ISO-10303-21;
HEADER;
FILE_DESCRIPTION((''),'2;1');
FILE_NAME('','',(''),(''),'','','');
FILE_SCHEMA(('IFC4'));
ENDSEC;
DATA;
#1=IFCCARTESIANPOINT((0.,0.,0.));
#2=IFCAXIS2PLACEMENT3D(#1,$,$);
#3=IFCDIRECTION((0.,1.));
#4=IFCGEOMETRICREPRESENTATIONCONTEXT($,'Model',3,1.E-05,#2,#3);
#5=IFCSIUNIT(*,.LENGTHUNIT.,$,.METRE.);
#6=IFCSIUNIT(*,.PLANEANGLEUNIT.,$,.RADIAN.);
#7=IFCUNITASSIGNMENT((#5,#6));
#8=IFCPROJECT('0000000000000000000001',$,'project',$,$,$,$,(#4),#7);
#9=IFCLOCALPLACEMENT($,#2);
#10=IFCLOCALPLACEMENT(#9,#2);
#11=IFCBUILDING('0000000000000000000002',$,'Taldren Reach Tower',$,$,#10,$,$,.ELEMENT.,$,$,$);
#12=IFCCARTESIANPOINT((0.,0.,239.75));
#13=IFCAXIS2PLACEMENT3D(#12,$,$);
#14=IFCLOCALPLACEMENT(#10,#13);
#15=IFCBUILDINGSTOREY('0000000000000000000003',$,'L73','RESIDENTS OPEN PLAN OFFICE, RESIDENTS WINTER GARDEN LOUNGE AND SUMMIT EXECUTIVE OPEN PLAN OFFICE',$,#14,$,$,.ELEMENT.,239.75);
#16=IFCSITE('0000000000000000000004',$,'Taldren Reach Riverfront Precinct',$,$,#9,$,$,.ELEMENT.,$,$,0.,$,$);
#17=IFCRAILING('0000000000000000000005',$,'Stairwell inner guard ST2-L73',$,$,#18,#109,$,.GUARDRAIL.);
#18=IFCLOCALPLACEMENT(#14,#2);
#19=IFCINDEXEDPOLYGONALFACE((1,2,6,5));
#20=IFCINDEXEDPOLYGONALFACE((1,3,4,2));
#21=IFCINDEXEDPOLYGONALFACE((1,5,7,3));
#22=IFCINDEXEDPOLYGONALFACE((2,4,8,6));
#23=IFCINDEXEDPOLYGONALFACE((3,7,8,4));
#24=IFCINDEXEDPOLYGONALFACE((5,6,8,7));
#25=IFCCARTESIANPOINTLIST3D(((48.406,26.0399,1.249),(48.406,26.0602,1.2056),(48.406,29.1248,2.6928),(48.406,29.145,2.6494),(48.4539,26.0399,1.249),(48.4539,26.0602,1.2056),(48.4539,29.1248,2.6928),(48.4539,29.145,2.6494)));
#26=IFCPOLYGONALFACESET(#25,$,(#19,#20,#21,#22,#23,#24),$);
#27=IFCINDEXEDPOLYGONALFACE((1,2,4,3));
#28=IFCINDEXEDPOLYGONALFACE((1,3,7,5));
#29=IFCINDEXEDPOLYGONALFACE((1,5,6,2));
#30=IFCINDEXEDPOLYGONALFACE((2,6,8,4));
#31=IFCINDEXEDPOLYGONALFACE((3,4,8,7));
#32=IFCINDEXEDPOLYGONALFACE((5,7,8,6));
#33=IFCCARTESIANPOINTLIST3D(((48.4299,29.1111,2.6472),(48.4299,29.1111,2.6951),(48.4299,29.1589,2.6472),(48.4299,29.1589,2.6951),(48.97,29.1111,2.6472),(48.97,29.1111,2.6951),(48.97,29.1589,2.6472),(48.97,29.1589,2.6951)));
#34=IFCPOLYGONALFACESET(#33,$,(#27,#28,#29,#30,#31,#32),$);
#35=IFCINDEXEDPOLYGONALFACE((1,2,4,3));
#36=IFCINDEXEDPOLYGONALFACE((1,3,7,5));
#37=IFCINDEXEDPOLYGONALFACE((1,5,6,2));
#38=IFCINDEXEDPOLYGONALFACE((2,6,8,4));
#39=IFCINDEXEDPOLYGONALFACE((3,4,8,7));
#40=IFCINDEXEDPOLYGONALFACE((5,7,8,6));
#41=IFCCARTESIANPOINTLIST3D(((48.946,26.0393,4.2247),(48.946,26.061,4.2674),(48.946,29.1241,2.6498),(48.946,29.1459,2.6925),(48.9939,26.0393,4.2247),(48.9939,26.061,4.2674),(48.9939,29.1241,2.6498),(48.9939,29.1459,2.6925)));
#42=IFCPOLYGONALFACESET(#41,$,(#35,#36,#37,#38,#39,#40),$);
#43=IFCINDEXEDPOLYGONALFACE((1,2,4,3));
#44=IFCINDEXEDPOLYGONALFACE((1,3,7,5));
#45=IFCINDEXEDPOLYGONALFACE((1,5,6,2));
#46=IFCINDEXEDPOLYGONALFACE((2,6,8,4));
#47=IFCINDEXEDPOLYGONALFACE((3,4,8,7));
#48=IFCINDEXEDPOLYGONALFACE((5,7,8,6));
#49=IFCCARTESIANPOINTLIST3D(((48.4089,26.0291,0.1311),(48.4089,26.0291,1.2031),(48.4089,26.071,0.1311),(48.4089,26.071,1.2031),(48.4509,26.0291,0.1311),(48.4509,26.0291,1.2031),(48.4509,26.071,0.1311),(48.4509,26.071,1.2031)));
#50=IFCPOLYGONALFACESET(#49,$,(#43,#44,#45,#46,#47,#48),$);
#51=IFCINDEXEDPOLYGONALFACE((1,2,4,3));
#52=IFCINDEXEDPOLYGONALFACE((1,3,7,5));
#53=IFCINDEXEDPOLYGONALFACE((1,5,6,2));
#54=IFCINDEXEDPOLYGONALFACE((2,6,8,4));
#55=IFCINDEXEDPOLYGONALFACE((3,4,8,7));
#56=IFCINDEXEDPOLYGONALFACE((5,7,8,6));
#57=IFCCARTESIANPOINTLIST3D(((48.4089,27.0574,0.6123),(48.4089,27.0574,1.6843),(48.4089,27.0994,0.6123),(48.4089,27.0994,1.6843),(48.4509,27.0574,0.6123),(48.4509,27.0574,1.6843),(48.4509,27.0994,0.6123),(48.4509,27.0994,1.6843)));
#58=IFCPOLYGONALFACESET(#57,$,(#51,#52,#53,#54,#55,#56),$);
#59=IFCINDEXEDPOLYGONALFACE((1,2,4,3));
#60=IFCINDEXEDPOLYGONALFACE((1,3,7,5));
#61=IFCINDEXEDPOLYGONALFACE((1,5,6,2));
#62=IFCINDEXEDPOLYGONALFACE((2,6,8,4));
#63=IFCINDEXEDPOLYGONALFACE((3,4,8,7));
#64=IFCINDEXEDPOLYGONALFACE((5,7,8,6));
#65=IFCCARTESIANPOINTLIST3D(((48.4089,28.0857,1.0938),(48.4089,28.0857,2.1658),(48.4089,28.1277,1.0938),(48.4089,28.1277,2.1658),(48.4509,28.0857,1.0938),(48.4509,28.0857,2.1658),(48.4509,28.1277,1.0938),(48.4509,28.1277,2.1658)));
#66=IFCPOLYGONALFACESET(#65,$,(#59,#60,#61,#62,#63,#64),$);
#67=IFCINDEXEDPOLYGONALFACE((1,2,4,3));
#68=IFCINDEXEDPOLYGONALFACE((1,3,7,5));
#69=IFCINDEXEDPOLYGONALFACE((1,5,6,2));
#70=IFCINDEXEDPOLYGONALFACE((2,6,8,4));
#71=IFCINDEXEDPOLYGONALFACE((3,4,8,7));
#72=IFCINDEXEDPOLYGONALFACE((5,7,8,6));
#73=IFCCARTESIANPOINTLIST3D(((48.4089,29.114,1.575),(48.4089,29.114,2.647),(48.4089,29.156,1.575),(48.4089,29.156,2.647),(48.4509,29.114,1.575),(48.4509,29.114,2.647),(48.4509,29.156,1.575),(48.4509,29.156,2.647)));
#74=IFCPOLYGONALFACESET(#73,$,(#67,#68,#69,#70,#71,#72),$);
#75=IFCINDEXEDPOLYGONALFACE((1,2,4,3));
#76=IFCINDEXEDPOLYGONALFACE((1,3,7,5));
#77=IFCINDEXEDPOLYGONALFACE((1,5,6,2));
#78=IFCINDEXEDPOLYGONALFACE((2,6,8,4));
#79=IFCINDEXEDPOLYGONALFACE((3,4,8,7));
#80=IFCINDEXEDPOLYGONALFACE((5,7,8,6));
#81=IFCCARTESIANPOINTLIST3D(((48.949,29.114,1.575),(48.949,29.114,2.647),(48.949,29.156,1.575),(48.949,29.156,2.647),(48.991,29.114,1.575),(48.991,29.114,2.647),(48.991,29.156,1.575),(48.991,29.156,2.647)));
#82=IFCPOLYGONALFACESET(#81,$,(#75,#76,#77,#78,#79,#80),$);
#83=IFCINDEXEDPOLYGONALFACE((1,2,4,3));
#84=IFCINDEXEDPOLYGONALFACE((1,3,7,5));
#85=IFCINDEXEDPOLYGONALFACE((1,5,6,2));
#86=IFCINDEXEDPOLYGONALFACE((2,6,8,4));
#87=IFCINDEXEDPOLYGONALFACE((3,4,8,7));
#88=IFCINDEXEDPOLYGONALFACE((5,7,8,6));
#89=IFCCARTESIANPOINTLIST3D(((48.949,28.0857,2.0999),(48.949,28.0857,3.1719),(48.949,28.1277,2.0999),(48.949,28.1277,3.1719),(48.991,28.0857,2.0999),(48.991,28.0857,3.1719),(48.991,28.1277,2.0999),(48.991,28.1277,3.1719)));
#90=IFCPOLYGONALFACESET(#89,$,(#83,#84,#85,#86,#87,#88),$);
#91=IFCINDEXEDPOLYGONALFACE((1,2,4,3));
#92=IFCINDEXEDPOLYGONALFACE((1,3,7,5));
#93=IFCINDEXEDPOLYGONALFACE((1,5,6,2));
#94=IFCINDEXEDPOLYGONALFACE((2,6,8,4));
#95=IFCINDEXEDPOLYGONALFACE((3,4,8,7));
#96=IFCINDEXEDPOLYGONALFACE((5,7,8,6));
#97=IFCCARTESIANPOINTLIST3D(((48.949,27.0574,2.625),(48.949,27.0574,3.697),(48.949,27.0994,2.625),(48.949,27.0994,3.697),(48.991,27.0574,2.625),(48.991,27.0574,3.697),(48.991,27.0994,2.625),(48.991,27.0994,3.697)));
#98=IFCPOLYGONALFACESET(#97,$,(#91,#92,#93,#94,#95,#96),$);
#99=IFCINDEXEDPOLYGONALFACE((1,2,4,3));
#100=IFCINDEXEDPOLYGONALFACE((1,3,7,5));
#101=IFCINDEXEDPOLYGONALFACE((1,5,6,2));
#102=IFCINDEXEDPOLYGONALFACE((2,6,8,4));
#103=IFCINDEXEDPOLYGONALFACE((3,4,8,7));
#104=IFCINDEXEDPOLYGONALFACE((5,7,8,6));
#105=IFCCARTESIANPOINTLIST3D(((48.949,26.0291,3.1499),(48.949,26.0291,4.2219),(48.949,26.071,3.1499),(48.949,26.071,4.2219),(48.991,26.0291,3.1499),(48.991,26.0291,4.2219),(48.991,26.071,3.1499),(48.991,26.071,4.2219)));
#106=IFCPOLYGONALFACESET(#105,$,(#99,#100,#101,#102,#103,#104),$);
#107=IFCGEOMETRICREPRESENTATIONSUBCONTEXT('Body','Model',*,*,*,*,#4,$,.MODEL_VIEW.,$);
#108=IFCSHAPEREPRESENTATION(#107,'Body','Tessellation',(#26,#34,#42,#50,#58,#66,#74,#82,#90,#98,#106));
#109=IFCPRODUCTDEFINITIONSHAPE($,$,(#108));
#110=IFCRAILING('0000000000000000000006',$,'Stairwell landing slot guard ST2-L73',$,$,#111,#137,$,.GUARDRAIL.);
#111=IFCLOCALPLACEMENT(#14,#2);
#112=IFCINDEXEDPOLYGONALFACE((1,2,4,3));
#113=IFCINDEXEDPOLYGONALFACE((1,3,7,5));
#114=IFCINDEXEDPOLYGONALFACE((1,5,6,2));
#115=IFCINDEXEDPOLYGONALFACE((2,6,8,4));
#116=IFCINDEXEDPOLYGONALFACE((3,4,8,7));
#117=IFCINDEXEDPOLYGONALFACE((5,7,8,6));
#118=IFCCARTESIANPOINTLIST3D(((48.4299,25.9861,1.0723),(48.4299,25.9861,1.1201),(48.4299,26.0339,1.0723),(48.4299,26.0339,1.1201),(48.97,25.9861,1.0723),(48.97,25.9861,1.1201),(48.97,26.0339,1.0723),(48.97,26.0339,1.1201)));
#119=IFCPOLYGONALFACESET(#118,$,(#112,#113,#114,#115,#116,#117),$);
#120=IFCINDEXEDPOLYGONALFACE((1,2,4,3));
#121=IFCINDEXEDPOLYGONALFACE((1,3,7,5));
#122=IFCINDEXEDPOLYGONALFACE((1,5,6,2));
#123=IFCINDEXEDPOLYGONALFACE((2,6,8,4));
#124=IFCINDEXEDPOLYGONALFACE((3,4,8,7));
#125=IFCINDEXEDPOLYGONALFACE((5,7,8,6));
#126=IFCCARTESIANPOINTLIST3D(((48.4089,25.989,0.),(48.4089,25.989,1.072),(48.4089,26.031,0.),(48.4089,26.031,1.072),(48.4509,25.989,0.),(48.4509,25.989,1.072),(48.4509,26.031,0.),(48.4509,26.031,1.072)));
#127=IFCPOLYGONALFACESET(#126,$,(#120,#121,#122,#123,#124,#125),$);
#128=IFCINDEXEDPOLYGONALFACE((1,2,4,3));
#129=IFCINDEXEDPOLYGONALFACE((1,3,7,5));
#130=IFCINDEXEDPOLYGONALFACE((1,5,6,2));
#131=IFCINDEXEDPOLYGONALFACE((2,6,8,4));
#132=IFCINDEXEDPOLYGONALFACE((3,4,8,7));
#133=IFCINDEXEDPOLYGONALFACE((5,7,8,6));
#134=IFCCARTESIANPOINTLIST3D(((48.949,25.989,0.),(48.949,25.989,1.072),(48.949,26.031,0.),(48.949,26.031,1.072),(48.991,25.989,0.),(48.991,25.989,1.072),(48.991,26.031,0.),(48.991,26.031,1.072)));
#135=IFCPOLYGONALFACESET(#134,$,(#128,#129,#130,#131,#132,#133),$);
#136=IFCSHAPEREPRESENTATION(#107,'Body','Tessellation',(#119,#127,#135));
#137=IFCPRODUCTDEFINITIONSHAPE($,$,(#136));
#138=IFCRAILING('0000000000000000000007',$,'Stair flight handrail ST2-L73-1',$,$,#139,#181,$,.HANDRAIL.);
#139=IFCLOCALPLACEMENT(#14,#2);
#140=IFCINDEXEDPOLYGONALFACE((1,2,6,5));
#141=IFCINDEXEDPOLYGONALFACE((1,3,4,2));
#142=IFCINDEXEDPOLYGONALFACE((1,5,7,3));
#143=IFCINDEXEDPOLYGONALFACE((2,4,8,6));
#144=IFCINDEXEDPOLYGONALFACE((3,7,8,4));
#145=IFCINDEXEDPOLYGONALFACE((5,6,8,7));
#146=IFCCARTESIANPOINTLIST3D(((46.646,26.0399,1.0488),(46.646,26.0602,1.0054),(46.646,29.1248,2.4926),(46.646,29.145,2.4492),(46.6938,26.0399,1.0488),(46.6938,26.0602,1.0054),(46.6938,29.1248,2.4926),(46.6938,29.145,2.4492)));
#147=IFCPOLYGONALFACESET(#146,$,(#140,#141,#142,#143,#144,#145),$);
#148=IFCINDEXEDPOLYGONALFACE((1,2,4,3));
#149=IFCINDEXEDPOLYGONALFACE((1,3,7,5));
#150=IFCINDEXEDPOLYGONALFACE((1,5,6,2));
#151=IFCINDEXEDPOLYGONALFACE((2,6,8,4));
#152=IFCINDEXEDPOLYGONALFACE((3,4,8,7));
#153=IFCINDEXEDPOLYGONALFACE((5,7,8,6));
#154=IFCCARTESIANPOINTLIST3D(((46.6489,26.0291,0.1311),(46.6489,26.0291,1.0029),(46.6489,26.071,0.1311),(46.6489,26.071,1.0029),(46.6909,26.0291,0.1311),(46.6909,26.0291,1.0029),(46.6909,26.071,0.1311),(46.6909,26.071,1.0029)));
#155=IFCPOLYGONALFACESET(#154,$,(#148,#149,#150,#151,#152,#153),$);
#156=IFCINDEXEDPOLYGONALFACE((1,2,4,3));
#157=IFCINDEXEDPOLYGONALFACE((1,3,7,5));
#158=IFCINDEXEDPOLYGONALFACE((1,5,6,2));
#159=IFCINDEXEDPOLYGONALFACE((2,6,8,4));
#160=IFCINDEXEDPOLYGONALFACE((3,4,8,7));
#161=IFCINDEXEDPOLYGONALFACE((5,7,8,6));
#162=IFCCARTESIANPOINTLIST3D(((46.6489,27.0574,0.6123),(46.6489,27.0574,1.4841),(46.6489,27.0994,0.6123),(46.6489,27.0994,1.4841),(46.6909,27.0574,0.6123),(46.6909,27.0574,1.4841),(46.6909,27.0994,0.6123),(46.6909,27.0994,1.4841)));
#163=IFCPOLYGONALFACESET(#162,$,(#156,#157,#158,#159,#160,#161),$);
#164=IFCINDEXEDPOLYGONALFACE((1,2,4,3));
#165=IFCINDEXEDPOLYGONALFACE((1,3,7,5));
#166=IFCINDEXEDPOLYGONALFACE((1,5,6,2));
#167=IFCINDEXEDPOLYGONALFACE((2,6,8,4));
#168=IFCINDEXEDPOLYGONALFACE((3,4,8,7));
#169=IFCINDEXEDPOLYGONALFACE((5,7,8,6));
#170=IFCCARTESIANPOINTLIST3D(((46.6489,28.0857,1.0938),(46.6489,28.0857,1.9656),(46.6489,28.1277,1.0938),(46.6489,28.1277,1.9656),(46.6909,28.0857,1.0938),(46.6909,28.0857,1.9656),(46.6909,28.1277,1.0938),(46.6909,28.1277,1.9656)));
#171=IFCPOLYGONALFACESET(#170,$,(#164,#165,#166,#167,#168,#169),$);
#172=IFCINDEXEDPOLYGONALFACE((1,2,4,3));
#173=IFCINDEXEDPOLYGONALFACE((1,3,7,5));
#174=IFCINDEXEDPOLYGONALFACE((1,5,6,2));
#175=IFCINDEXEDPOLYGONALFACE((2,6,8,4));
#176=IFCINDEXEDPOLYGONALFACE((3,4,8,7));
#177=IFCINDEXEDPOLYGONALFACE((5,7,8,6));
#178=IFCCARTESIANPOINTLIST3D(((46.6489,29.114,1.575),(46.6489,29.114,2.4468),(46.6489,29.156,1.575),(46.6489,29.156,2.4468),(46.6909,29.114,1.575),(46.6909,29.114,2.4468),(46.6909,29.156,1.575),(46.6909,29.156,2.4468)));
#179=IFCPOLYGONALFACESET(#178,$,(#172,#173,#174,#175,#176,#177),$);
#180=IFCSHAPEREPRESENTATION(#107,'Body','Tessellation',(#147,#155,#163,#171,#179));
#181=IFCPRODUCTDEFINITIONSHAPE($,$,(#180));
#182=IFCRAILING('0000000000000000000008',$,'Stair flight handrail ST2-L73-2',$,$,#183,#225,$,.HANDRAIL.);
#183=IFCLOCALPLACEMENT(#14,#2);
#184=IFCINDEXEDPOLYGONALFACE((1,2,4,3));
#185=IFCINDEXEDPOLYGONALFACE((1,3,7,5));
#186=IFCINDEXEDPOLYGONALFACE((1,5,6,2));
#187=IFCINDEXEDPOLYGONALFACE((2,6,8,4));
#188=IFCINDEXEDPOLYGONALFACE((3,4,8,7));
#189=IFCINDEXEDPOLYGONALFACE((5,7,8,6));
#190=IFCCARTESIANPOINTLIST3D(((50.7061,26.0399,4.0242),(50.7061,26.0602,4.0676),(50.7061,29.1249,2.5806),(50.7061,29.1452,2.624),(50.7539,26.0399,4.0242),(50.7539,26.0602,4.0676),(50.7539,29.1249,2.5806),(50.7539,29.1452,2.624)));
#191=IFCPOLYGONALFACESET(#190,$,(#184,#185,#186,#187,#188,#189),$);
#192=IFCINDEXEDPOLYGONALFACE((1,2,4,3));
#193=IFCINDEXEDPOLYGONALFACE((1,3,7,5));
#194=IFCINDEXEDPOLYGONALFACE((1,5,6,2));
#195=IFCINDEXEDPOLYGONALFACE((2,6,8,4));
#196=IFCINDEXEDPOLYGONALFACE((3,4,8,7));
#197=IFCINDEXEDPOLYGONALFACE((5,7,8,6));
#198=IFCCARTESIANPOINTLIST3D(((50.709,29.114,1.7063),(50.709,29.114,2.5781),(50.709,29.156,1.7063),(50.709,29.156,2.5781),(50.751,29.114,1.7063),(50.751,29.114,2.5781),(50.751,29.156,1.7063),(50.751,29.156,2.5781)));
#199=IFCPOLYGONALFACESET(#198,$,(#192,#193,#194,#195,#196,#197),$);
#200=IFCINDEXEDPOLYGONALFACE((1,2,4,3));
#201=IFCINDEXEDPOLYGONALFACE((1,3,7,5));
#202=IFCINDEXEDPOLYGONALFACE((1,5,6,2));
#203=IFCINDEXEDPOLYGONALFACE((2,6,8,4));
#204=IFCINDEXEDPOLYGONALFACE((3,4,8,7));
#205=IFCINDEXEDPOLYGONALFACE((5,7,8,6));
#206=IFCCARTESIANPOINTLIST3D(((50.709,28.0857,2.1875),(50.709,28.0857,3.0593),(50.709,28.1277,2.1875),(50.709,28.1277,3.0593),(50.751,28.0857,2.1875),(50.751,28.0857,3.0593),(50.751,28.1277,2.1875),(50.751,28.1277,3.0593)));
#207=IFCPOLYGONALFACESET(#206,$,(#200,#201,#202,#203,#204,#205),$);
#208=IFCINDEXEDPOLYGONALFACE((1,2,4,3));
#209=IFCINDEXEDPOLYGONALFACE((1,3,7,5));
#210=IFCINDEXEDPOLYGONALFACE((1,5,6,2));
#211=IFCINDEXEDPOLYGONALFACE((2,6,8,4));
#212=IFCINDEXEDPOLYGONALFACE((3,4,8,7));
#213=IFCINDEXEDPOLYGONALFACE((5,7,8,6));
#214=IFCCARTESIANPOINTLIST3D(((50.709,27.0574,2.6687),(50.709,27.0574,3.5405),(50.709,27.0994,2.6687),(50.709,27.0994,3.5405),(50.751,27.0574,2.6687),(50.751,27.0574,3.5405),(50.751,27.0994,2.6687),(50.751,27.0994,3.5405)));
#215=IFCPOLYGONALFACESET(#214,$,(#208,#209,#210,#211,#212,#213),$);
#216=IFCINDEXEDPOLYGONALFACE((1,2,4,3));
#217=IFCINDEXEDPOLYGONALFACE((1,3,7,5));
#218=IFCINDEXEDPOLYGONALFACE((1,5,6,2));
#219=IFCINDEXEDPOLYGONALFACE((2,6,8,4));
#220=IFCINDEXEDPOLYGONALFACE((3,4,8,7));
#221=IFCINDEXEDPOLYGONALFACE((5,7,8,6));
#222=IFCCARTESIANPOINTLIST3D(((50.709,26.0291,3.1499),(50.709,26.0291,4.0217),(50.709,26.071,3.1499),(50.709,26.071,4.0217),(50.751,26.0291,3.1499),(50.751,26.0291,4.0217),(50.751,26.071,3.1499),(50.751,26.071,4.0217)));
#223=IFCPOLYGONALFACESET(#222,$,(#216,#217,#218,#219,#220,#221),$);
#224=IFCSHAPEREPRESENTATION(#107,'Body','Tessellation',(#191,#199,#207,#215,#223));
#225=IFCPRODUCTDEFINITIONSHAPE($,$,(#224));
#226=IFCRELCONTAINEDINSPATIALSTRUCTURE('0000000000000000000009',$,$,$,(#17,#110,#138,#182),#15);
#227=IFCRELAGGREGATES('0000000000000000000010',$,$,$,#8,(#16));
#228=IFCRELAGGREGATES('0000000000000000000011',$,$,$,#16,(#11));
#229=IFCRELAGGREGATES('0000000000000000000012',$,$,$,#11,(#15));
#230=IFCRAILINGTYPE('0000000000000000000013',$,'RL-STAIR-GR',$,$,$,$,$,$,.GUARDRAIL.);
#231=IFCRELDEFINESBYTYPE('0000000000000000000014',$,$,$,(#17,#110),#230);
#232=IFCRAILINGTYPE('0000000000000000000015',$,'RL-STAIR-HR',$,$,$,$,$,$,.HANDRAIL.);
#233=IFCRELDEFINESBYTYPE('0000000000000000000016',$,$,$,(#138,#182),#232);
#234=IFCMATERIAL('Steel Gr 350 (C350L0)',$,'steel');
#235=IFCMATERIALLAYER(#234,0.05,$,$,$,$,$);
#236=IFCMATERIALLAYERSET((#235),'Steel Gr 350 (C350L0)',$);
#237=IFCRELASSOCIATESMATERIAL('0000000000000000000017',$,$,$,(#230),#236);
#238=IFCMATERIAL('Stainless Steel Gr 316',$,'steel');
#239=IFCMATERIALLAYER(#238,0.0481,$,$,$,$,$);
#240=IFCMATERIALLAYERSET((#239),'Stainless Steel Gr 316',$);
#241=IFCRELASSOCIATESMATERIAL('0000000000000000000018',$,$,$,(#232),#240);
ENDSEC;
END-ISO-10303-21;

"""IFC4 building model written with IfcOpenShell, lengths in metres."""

from ifc_helpers import new_model, si_unit, direction, frame, origin, origin_2d, place, context, subcontext, project, spatial, rectangle, extrude, material, layer, layer_set, type_object, element, save


model = new_model("IFC4")

# Units and contexts
model_context = context("Model", 3, precision=1e-05, world=origin(), true_north=direction((0.0, 1.0)))
body_context = subcontext(model_context, "Body", "Model", "MODEL_VIEW")
ifc_project = project(units=[si_unit("LENGTHUNIT", "METRE"), si_unit("PLANEANGLEUNIT", "RADIAN")], contexts=[model_context])

# Site, building, storey
site_placement = place(None, origin())
site = spatial("IfcSite", under=ifc_project, at=site_placement, Name="Taldren Reach Riverfront Precinct", CompositionType="ELEMENT", RefElevation=0.0)
building_placement = place(site_placement, origin())
building = spatial("IfcBuilding", under=site, at=building_placement, Name="Taldren Reach Tower", CompositionType="ELEMENT")
storey_placement = place(building_placement, frame((0.0, 0.0, 239.75)))
storey = spatial("IfcBuildingStorey", under=building, at=storey_placement, Name="L73", Description="RESIDENTS OPEN PLAN OFFICE, RESIDENTS WINTER GARDEN LOUNGE AND SUMMIT EXECUTIVE OPEN PLAN OFFICE", CompositionType="ELEMENT", Elevation=239.75)

# Shared definitions
ifc_material_1 = material(Name="Steel Gr 350 (C350L0)", Category="steel")

# Railings
ifc_layer_1 = layer(ifc_material_1, 0.05)
ifc_layer_set_1 = layer_set([ifc_layer_1], Name="Steel Gr 350 (C350L0)")
railing_type_1 = type_object("IfcRailingType", Name="RL-STAIR-GR", PredefinedType="GUARDRAIL", material=ifc_layer_set_1)
railing_1_placement = place(storey_placement, frame((48.4299, 26.05, 0.1311)))
element("IfcRailing", 1, at=railing_1_placement, inside=storey, type_object=railing_type_1, Name="Stairwell inner guard ST2-L73", PredefinedType="GUARDRAIL", context=body_context, shape_type="SweptSolid", body=[
    extrude(rectangle(XDim=0.0479, YDim=0.0479, at=origin_2d()), frame((0.0, 0.0, 1.0962), z_axis=(0.0, 0.90571, 0.423898), x_axis=(-1.0, 0.0, 0.0)), (0.0, 0.0, 1.0), 3.406),
    extrude(rectangle(XDim=0.0479, YDim=0.0479, at=origin_2d()), frame((0.0, 3.085, 2.54), z_axis=(1.0, 0.0, 0.0), x_axis=(0.0, 1.0, 0.0)), (0.0, 0.0, 1.0), 0.54),
    extrude(rectangle(XDim=0.0479, YDim=0.0479, at=origin_2d()), frame((0.54, 3.085, 2.54), z_axis=(0.0, -0.890646, 0.454697), x_axis=(1.0, 0.0, 0.0)), (0.0, 0.0, 1.0), 3.4636),
    extrude(rectangle(XDim=0.042, YDim=0.042, at=origin_2d()), origin(), (0.0, 0.0, 1.0), 1.072),
    extrude(rectangle(XDim=0.042, YDim=0.042, at=origin_2d()), frame((0.0, 1.0283, 0.4812)), (0.0, 0.0, 1.0), 1.072),
    extrude(rectangle(XDim=0.042, YDim=0.042, at=origin_2d()), frame((0.0, 2.0566, 0.9626)), (0.0, 0.0, 1.0), 1.072),
    extrude(rectangle(XDim=0.042, YDim=0.042, at=origin_2d()), frame((0.0, 3.085, 1.4438)), (0.0, 0.0, 1.0), 1.072),
    extrude(rectangle(XDim=0.042, YDim=0.042, at=origin_2d()), frame((0.54, 3.085, 1.4438)), (0.0, 0.0, 1.0), 1.072),
    extrude(rectangle(XDim=0.042, YDim=0.042, at=origin_2d()), frame((0.54, 2.0566, 1.9688)), (0.0, 0.0, 1.0), 1.072),
    extrude(rectangle(XDim=0.042, YDim=0.042, at=origin_2d()), frame((0.54, 1.0283, 2.4939)), (0.0, 0.0, 1.0), 1.072),
    extrude(rectangle(XDim=0.042, YDim=0.042, at=origin_2d()), frame((0.54, 0.0, 3.0188)), (0.0, 0.0, 1.0), 1.072),
])
railing_2_placement = place(storey_placement, frame((48.4299, 26.01, 0.0)))
element("IfcRailing", 2, at=railing_2_placement, inside=storey, type_object=railing_type_1, Name="Stairwell landing slot guard ST2-L73", PredefinedType="GUARDRAIL", context=body_context, shape_type="SweptSolid", body=[
    extrude(rectangle(XDim=0.0479, YDim=0.0479, at=origin_2d()), frame((0.0, 0.0, 1.0962), z_axis=(1.0, 0.0, 0.0), x_axis=(0.0, 1.0, 0.0)), (0.0, 0.0, 1.0), 0.54),
    extrude(rectangle(XDim=0.042, YDim=0.042, at=origin_2d()), origin(), (0.0, 0.0, 1.0), 1.072),
    extrude(rectangle(XDim=0.042, YDim=0.042, at=origin_2d()), frame((0.54, 0.0, 0.0)), (0.0, 0.0, 1.0), 1.072),
])
ifc_material_2 = material(Name="Stainless Steel Gr 316", Category="steel")
ifc_layer_2 = layer(ifc_material_2, 0.0481)
ifc_layer_set_2 = layer_set([ifc_layer_2], Name="Stainless Steel Gr 316")
railing_type_2 = type_object("IfcRailingType", Name="RL-STAIR-HR", PredefinedType="HANDRAIL", material=ifc_layer_set_2)
railing_3_placement = place(storey_placement, frame((46.6699, 26.05, 0.1311)))
element("IfcRailing", 3, at=railing_3_placement, inside=storey, type_object=railing_type_2, Name="Stair flight handrail ST2-L73-1", PredefinedType="HANDRAIL", context=body_context, shape_type="SweptSolid", body=[
    extrude(rectangle(XDim=0.0479, YDim=0.0479, at=origin_2d()), frame((0.0, 0.0, 0.896), z_axis=(0.0, 0.90571, 0.423898), x_axis=(-1.0, 0.0, 0.0)), (0.0, 0.0, 1.0), 3.406),
    extrude(rectangle(XDim=0.042, YDim=0.042, at=origin_2d()), origin(), (0.0, 0.0, 1.0), 0.8718),
    extrude(rectangle(XDim=0.042, YDim=0.042, at=origin_2d()), frame((0.0, 1.0283, 0.4812)), (0.0, 0.0, 1.0), 0.8718),
    extrude(rectangle(XDim=0.042, YDim=0.042, at=origin_2d()), frame((0.0, 2.0566, 0.9626)), (0.0, 0.0, 1.0), 0.8718),
    extrude(rectangle(XDim=0.042, YDim=0.042, at=origin_2d()), frame((0.0, 3.085, 1.4438)), (0.0, 0.0, 1.0), 0.8718),
])
railing_4_placement = place(storey_placement, frame((50.73, 29.135, 1.7063)))
element("IfcRailing", 4, at=railing_4_placement, inside=storey, type_object=railing_type_2, Name="Stair flight handrail ST2-L73-2", PredefinedType="HANDRAIL", context=body_context, shape_type="SweptSolid", body=[
    extrude(rectangle(XDim=0.0479, YDim=0.0479, at=origin_2d()), frame((0.0, 0.0, 0.896), z_axis=(0.0, -0.905738, 0.423839), x_axis=(1.0, 0.0, 0.0)), (0.0, 0.0, 1.0), 3.406),
    extrude(rectangle(XDim=0.042, YDim=0.042, at=origin_2d()), origin(), (0.0, 0.0, 1.0), 0.8718),
    extrude(rectangle(XDim=0.042, YDim=0.042, at=origin_2d()), frame((0.0, -1.0283, 0.4812)), (0.0, 0.0, 1.0), 0.8718),
    extrude(rectangle(XDim=0.042, YDim=0.042, at=origin_2d()), frame((0.0, -2.0566, 0.9624)), (0.0, 0.0, 1.0), 0.8718),
    extrude(rectangle(XDim=0.042, YDim=0.042, at=origin_2d()), frame((0.0, -3.085, 1.4436)), (0.0, 0.0, 1.0), 0.8718),
])

save(model, "model.ifc")
